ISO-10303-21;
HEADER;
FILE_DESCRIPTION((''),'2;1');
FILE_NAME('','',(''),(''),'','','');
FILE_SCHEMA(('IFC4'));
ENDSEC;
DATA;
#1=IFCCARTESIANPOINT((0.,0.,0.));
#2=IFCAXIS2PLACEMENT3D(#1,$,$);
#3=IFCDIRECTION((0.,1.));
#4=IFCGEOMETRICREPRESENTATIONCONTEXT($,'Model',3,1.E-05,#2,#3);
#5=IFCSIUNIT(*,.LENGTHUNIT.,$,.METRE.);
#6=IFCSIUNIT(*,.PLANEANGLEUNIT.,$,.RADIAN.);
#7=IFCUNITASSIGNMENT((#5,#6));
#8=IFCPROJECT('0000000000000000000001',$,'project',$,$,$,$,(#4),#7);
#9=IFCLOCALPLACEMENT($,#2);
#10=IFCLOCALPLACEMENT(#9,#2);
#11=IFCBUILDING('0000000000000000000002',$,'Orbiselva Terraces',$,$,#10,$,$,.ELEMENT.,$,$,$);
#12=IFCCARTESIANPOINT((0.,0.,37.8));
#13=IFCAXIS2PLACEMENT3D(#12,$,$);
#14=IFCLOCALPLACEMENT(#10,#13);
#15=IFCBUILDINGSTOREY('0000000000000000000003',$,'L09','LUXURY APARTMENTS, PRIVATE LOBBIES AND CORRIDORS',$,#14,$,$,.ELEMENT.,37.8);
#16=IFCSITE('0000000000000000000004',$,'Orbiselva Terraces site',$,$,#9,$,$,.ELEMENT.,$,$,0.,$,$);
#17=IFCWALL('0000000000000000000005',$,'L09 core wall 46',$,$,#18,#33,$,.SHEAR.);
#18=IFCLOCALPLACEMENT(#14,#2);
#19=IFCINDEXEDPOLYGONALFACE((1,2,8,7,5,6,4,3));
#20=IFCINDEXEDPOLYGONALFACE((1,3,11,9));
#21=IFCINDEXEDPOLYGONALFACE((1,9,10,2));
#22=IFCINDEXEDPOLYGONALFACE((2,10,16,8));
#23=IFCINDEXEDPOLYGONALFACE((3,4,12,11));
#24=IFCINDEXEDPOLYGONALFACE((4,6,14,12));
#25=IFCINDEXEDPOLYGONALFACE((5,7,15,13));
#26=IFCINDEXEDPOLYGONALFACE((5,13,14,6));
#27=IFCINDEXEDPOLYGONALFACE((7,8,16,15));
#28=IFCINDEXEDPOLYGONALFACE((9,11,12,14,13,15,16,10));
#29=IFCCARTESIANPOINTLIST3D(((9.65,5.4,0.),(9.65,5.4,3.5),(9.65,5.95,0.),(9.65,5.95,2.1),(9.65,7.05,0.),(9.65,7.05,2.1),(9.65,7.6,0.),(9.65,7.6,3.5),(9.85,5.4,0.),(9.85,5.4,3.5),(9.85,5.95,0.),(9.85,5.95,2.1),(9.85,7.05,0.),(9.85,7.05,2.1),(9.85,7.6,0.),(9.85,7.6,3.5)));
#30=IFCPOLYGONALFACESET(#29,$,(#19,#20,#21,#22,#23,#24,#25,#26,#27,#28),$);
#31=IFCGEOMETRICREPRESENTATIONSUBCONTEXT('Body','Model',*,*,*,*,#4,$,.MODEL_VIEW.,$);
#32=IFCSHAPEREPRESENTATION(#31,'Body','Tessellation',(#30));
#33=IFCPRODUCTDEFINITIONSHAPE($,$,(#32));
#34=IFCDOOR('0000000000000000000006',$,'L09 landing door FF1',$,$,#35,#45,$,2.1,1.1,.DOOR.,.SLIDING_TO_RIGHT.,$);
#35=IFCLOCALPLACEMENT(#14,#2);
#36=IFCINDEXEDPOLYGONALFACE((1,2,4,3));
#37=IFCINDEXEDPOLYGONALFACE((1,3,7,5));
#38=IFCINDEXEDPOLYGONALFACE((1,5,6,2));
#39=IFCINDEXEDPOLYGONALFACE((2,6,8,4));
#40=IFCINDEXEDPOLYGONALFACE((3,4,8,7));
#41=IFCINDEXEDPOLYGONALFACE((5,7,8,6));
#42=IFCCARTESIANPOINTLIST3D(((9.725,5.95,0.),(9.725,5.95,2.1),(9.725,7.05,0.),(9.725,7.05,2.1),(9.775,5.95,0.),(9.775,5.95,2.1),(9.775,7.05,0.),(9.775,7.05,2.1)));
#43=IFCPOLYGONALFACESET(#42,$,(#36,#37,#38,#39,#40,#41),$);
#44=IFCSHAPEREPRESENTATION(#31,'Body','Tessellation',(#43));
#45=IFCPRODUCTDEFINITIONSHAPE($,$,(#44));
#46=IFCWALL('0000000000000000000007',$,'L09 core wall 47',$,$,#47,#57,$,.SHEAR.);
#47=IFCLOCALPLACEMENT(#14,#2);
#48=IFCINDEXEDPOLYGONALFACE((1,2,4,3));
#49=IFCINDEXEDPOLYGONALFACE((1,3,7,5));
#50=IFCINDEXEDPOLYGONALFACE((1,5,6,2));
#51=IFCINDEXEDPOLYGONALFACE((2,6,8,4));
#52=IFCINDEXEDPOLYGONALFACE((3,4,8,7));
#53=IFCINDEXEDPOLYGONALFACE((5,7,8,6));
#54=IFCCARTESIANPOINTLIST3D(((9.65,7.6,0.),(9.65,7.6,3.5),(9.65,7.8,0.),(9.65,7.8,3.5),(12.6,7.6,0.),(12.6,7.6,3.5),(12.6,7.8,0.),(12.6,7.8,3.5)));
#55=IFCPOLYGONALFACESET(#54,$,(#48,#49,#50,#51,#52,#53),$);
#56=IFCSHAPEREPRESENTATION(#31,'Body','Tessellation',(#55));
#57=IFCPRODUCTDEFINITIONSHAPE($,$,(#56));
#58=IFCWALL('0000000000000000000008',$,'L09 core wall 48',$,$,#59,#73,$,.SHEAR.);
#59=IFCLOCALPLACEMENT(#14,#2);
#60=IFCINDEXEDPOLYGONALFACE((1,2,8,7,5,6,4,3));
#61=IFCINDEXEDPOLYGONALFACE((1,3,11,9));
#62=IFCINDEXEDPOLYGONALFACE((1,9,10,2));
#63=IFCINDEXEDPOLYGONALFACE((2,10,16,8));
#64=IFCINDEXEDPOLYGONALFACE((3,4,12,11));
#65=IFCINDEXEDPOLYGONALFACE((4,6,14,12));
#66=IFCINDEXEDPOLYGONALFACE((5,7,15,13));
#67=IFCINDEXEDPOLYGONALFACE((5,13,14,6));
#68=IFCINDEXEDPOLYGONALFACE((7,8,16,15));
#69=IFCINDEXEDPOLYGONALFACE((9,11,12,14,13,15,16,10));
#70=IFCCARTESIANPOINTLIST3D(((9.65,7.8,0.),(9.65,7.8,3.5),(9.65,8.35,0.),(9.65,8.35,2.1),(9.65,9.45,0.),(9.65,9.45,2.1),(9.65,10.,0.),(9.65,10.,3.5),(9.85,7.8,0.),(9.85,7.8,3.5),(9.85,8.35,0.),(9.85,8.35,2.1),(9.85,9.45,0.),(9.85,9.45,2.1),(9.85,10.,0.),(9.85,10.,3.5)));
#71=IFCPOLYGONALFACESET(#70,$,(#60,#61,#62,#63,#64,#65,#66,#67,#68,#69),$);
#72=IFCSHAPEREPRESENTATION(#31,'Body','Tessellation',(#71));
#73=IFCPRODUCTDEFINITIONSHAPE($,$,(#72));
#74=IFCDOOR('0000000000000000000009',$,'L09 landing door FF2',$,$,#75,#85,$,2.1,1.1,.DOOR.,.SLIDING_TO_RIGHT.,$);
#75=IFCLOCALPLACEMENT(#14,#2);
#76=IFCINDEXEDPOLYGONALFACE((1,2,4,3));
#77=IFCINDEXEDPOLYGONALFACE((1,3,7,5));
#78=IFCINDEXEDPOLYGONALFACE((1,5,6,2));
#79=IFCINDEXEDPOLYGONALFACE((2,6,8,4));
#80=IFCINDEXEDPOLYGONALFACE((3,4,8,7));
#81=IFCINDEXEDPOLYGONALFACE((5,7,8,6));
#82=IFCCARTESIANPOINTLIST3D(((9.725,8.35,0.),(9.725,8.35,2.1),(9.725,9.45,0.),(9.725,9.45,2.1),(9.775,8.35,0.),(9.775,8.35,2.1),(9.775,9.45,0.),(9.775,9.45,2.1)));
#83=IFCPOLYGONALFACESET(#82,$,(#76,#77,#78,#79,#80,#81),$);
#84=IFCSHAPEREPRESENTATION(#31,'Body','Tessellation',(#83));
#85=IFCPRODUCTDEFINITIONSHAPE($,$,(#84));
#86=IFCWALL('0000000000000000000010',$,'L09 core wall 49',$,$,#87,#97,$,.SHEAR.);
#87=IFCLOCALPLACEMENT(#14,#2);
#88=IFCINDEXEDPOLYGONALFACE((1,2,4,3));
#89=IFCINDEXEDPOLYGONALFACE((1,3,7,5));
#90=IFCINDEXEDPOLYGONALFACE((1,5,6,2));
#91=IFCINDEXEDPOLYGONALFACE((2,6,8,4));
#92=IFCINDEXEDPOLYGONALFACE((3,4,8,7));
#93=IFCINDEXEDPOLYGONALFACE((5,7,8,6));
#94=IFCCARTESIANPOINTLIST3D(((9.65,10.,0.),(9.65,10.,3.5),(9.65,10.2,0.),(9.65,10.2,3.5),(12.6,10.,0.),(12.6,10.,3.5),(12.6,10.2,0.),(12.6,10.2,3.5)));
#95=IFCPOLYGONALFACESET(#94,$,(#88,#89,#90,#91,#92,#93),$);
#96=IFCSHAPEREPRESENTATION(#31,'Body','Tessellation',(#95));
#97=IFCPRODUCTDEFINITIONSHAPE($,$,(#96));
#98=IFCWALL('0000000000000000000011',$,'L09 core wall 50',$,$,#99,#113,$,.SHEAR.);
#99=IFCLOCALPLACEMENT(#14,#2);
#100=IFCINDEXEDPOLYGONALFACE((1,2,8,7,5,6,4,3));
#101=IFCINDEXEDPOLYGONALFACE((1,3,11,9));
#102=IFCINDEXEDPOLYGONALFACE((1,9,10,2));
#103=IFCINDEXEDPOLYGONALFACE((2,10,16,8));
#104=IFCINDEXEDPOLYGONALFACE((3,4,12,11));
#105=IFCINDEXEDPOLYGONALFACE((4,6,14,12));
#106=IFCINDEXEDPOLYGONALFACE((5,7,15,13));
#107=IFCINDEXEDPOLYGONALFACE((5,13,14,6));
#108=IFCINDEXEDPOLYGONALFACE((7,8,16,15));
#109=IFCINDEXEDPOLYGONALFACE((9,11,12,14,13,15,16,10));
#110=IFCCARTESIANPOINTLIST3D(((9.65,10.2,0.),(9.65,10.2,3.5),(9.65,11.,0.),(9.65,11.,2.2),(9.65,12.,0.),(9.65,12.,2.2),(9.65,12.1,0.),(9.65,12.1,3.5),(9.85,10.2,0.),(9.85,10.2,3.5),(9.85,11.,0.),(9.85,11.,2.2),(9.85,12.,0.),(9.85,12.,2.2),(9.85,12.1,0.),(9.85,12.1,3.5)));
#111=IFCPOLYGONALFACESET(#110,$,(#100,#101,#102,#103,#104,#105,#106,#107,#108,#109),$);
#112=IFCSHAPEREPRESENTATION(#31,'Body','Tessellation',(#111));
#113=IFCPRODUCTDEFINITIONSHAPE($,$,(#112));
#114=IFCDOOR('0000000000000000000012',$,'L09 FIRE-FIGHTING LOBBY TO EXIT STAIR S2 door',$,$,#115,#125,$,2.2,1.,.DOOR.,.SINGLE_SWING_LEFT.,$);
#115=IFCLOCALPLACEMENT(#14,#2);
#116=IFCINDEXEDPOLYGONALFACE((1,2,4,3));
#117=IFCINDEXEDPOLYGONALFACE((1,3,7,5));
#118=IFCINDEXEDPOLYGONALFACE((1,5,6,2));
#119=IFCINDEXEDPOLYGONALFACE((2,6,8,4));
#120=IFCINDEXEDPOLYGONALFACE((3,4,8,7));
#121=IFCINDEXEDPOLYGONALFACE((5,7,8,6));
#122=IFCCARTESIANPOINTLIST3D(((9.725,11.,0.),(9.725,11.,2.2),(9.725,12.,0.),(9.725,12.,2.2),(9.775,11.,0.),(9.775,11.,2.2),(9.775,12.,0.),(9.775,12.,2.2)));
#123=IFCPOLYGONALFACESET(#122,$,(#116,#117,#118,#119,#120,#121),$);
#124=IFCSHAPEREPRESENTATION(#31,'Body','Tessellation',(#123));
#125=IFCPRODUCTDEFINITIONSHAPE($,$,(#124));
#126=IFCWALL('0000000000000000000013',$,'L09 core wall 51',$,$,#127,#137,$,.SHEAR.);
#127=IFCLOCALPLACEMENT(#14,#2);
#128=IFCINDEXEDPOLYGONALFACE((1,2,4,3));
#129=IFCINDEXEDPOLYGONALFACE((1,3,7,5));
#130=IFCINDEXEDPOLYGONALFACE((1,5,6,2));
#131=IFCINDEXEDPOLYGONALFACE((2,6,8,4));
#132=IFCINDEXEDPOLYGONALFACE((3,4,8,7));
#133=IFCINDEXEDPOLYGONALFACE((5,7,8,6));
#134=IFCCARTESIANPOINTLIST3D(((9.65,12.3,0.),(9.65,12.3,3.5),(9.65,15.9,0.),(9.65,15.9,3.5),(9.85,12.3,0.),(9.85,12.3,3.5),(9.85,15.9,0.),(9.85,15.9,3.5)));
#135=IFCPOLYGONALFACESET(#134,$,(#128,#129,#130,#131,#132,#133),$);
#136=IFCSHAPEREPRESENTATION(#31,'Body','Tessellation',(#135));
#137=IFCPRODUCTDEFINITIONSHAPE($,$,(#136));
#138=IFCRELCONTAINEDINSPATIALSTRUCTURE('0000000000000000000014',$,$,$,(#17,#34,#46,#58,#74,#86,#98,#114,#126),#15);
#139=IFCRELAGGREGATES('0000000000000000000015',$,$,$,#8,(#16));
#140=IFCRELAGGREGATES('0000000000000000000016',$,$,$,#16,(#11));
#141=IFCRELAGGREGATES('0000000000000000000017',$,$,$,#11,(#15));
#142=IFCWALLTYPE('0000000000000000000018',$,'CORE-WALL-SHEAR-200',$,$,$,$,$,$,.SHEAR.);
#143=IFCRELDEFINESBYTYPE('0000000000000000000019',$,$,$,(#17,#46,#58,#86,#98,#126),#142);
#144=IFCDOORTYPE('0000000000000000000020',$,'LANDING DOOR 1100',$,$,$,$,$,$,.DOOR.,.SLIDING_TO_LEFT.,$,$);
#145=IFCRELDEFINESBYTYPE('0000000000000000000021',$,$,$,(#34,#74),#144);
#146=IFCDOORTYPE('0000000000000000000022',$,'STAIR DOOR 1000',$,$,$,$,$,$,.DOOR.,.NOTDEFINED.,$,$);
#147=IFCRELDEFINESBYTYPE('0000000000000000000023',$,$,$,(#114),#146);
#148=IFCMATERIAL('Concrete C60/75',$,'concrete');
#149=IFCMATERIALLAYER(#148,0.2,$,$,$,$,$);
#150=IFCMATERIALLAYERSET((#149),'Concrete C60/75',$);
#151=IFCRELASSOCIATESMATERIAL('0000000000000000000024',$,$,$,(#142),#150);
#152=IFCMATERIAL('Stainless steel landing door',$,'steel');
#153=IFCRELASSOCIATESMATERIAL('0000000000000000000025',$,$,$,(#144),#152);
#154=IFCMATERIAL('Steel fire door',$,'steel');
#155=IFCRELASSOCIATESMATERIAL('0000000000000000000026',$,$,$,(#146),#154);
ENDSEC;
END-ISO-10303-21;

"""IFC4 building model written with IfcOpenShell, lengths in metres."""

from ifc_helpers import new_model, si_unit, direction, frame, frame_2d, origin, place, context, subcontext, project, spatial, rectangle, extrude, material, layer, layer_set, type_object, element, fill, save


model = new_model("IFC4")

# Units and contexts
model_context = context("Model", 3, precision=1e-05, world=origin(), true_north=direction((0.0, 1.0)))
body_context = subcontext(model_context, "Body", "Model", "MODEL_VIEW")
ifc_project = project(units=[si_unit("LENGTHUNIT", "METRE"), si_unit("PLANEANGLEUNIT", "RADIAN")], contexts=[model_context])

# Site, building, storey
site_placement = place(None, origin())
site = spatial("IfcSite", under=ifc_project, at=site_placement, Name="Orbiselva Terraces site", CompositionType="ELEMENT", RefElevation=0.0)
building_placement = place(site_placement, origin())
building = spatial("IfcBuilding", under=site, at=building_placement, Name="Orbiselva Terraces", CompositionType="ELEMENT")
storey_placement = place(building_placement, frame((0.0, 0.0, 37.8)))
storey = spatial("IfcBuildingStorey", under=building, at=storey_placement, Name="L09", Description="LUXURY APARTMENTS, PRIVATE LOBBIES AND CORRIDORS", CompositionType="ELEMENT", Elevation=37.8)

# Shared definitions
ifc_material_1 = material(Name="Steel fire door", Category="steel")

# Shared definitions
ifc_material_2 = material(Name="Concrete C60/75", Category="concrete")
ifc_layer_1 = layer(ifc_material_2, 0.2)
ifc_layer_set_1 = layer_set([ifc_layer_1], Name="Concrete C60/75")
wall_type_1 = type_object("IfcWallType", Name="CORE-WALL-SHEAR-200", PredefinedType="SHEAR", material=ifc_layer_set_1)

# Wall, opening, door
wall_1_placement = place(storey_placement, frame((9.75, 5.4, 0.0), z_axis=(0.0, 0.0, 1.0), x_axis=(0.0, 1.0, 0.0)))
wall_1 = element("IfcWall", 1, at=wall_1_placement, inside=storey, type_object=wall_type_1, Name="L09 core wall 46", PredefinedType="SHEAR", context=body_context, shape_type="SweptSolid", body=[
    extrude(rectangle(XDim=2.2, YDim=0.2, at=frame_2d((1.1, 0.0))), origin(), (0.0, 0.0, 1.0), 3.5),
])
opening_1_placement = place(wall_1_placement, frame((0.55, 0.0, 0.0)))
opening_1 = element("IfcOpeningElement", 2, at=opening_1_placement, cuts=wall_1, PredefinedType="OPENING", context=body_context, shape_type="SweptSolid", body=[
    extrude(rectangle(XDim=1.1, YDim=2.1, at=frame_2d((0.55, 1.05))), frame((0.0, 0.11, 0.0), z_axis=(0.0, -1.0, 0.0), x_axis=(1.0, 0.0, 0.0)), (0.0, 0.0, 1.0), 0.22),
])
ifc_material_3 = material(Name="Stainless steel landing door", Category="steel")
door_type_1 = type_object("IfcDoorType", Name="LANDING DOOR 1100", OperationType="SLIDING_TO_LEFT", PredefinedType="DOOR", material=ifc_material_3)
door_1_placement = place(opening_1_placement, origin())
door_1 = element("IfcDoor", 3, at=door_1_placement, inside=storey, type_object=door_type_1, Name="L09 landing door FF1", OperationType="SLIDING_TO_RIGHT", OverallHeight=2.1, OverallWidth=1.1, PredefinedType="DOOR", context=body_context, shape_type="SweptSolid", body=[
    extrude(rectangle(XDim=1.1, YDim=2.1, at=frame_2d((0.55, 1.05))), frame((0.0, 0.025, 0.0), z_axis=(0.0, -1.0, 0.0), x_axis=(1.0, 0.0, 0.0)), (0.0, 0.0, 1.0), 0.05),
])
fill(opening_1, door_1)

# Wall
wall_2_placement = place(storey_placement, frame((9.65, 7.7, 0.0), z_axis=(0.0, 0.0, 1.0), x_axis=(1.0, 0.0, 0.0)))
element("IfcWall", 4, at=wall_2_placement, inside=storey, type_object=wall_type_1, Name="L09 core wall 47", PredefinedType="SHEAR", context=body_context, shape_type="SweptSolid", body=[
    extrude(rectangle(XDim=2.95, YDim=0.2, at=frame_2d((1.475, 0.0))), origin(), (0.0, 0.0, 1.0), 3.5),
])

# Wall, opening, door
wall_3_placement = place(storey_placement, frame((9.75, 7.8, 0.0), z_axis=(0.0, 0.0, 1.0), x_axis=(0.0, 1.0, 0.0)))
wall_3 = element("IfcWall", 5, at=wall_3_placement, inside=storey, type_object=wall_type_1, Name="L09 core wall 48", PredefinedType="SHEAR", context=body_context, shape_type="SweptSolid", body=[
    extrude(rectangle(XDim=2.2, YDim=0.2, at=frame_2d((1.1, 0.0))), origin(), (0.0, 0.0, 1.0), 3.5),
])
opening_2_placement = place(wall_3_placement, frame((0.55, 0.0, 0.0)))
opening_2 = element("IfcOpeningElement", 6, at=opening_2_placement, cuts=wall_3, PredefinedType="OPENING", context=body_context, shape_type="SweptSolid", body=[
    extrude(rectangle(XDim=1.1, YDim=2.1, at=frame_2d((0.55, 1.05))), frame((0.0, 0.11, 0.0), z_axis=(0.0, -1.0, 0.0), x_axis=(1.0, 0.0, 0.0)), (0.0, 0.0, 1.0), 0.22),
])
door_2_placement = place(opening_2_placement, origin())
door_2 = element("IfcDoor", 7, at=door_2_placement, inside=storey, type_object=door_type_1, Name="L09 landing door FF2", OperationType="SLIDING_TO_RIGHT", OverallHeight=2.1, OverallWidth=1.1, PredefinedType="DOOR", context=body_context, shape_type="SweptSolid", body=[
    extrude(rectangle(XDim=1.1, YDim=2.1, at=frame_2d((0.55, 1.05))), frame((0.0, 0.025, 0.0), z_axis=(0.0, -1.0, 0.0), x_axis=(1.0, 0.0, 0.0)), (0.0, 0.0, 1.0), 0.05),
])
fill(opening_2, door_2)

# Wall
wall_4_placement = place(storey_placement, frame((9.65, 10.1, 0.0), z_axis=(0.0, 0.0, 1.0), x_axis=(1.0, 0.0, 0.0)))
element("IfcWall", 8, at=wall_4_placement, inside=storey, type_object=wall_type_1, Name="L09 core wall 49", PredefinedType="SHEAR", context=body_context, shape_type="SweptSolid", body=[
    extrude(rectangle(XDim=2.95, YDim=0.2, at=frame_2d((1.475, 0.0))), origin(), (0.0, 0.0, 1.0), 3.5),
])

# Wall, opening, door
wall_5_placement = place(storey_placement, frame((9.75, 12.1, 0.0), z_axis=(0.0, 0.0, 1.0), x_axis=(0.0, -1.0, 0.0)))
wall_5 = element("IfcWall", 9, at=wall_5_placement, inside=storey, type_object=wall_type_1, Name="L09 core wall 50", PredefinedType="SHEAR", context=body_context, shape_type="SweptSolid", body=[
    extrude(rectangle(XDim=1.9, YDim=0.2, at=frame_2d((0.95, 0.0))), origin(), (0.0, 0.0, 1.0), 3.5),
])
opening_3_placement = place(wall_5_placement, frame((0.1, 0.0, 0.0)))
opening_3 = element("IfcOpeningElement", 10, at=opening_3_placement, cuts=wall_5, PredefinedType="OPENING", context=body_context, shape_type="SweptSolid", body=[
    extrude(rectangle(XDim=1.0, YDim=2.2, at=frame_2d((0.5, 1.1))), frame((0.0, 0.11, 0.0), z_axis=(0.0, -1.0, 0.0), x_axis=(1.0, 0.0, 0.0)), (0.0, 0.0, 1.0), 0.22),
])
door_type_2 = type_object("IfcDoorType", Name="STAIR DOOR 1000", OperationType="NOTDEFINED", PredefinedType="DOOR", material=ifc_material_1)
door_3_placement = place(opening_3_placement, origin())
door_3 = element("IfcDoor", 11, at=door_3_placement, inside=storey, type_object=door_type_2, Name="L09 FIRE-FIGHTING LOBBY TO EXIT STAIR S2 door", OperationType="SINGLE_SWING_LEFT", OverallHeight=2.2, OverallWidth=1.0, PredefinedType="DOOR", context=body_context, shape_type="SweptSolid", body=[
    extrude(rectangle(XDim=1.0, YDim=2.2, at=frame_2d((0.5, 1.1))), frame((0.0, 0.025, 0.0), z_axis=(0.0, -1.0, 0.0), x_axis=(1.0, 0.0, 0.0)), (0.0, 0.0, 1.0), 0.05),
])
fill(opening_3, door_3)

# Wall
wall_6_placement = place(storey_placement, frame((9.75, 12.3, 0.0), z_axis=(0.0, 0.0, 1.0), x_axis=(0.0, 1.0, 0.0)))
element("IfcWall", 12, at=wall_6_placement, inside=storey, type_object=wall_type_1, Name="L09 core wall 51", PredefinedType="SHEAR", context=body_context, shape_type="SweptSolid", body=[
    extrude(rectangle(XDim=3.6, YDim=0.2, at=frame_2d((1.8, 0.0))), origin(), (0.0, 0.0, 1.0), 3.5),
])

save(model, "model.ifc")
